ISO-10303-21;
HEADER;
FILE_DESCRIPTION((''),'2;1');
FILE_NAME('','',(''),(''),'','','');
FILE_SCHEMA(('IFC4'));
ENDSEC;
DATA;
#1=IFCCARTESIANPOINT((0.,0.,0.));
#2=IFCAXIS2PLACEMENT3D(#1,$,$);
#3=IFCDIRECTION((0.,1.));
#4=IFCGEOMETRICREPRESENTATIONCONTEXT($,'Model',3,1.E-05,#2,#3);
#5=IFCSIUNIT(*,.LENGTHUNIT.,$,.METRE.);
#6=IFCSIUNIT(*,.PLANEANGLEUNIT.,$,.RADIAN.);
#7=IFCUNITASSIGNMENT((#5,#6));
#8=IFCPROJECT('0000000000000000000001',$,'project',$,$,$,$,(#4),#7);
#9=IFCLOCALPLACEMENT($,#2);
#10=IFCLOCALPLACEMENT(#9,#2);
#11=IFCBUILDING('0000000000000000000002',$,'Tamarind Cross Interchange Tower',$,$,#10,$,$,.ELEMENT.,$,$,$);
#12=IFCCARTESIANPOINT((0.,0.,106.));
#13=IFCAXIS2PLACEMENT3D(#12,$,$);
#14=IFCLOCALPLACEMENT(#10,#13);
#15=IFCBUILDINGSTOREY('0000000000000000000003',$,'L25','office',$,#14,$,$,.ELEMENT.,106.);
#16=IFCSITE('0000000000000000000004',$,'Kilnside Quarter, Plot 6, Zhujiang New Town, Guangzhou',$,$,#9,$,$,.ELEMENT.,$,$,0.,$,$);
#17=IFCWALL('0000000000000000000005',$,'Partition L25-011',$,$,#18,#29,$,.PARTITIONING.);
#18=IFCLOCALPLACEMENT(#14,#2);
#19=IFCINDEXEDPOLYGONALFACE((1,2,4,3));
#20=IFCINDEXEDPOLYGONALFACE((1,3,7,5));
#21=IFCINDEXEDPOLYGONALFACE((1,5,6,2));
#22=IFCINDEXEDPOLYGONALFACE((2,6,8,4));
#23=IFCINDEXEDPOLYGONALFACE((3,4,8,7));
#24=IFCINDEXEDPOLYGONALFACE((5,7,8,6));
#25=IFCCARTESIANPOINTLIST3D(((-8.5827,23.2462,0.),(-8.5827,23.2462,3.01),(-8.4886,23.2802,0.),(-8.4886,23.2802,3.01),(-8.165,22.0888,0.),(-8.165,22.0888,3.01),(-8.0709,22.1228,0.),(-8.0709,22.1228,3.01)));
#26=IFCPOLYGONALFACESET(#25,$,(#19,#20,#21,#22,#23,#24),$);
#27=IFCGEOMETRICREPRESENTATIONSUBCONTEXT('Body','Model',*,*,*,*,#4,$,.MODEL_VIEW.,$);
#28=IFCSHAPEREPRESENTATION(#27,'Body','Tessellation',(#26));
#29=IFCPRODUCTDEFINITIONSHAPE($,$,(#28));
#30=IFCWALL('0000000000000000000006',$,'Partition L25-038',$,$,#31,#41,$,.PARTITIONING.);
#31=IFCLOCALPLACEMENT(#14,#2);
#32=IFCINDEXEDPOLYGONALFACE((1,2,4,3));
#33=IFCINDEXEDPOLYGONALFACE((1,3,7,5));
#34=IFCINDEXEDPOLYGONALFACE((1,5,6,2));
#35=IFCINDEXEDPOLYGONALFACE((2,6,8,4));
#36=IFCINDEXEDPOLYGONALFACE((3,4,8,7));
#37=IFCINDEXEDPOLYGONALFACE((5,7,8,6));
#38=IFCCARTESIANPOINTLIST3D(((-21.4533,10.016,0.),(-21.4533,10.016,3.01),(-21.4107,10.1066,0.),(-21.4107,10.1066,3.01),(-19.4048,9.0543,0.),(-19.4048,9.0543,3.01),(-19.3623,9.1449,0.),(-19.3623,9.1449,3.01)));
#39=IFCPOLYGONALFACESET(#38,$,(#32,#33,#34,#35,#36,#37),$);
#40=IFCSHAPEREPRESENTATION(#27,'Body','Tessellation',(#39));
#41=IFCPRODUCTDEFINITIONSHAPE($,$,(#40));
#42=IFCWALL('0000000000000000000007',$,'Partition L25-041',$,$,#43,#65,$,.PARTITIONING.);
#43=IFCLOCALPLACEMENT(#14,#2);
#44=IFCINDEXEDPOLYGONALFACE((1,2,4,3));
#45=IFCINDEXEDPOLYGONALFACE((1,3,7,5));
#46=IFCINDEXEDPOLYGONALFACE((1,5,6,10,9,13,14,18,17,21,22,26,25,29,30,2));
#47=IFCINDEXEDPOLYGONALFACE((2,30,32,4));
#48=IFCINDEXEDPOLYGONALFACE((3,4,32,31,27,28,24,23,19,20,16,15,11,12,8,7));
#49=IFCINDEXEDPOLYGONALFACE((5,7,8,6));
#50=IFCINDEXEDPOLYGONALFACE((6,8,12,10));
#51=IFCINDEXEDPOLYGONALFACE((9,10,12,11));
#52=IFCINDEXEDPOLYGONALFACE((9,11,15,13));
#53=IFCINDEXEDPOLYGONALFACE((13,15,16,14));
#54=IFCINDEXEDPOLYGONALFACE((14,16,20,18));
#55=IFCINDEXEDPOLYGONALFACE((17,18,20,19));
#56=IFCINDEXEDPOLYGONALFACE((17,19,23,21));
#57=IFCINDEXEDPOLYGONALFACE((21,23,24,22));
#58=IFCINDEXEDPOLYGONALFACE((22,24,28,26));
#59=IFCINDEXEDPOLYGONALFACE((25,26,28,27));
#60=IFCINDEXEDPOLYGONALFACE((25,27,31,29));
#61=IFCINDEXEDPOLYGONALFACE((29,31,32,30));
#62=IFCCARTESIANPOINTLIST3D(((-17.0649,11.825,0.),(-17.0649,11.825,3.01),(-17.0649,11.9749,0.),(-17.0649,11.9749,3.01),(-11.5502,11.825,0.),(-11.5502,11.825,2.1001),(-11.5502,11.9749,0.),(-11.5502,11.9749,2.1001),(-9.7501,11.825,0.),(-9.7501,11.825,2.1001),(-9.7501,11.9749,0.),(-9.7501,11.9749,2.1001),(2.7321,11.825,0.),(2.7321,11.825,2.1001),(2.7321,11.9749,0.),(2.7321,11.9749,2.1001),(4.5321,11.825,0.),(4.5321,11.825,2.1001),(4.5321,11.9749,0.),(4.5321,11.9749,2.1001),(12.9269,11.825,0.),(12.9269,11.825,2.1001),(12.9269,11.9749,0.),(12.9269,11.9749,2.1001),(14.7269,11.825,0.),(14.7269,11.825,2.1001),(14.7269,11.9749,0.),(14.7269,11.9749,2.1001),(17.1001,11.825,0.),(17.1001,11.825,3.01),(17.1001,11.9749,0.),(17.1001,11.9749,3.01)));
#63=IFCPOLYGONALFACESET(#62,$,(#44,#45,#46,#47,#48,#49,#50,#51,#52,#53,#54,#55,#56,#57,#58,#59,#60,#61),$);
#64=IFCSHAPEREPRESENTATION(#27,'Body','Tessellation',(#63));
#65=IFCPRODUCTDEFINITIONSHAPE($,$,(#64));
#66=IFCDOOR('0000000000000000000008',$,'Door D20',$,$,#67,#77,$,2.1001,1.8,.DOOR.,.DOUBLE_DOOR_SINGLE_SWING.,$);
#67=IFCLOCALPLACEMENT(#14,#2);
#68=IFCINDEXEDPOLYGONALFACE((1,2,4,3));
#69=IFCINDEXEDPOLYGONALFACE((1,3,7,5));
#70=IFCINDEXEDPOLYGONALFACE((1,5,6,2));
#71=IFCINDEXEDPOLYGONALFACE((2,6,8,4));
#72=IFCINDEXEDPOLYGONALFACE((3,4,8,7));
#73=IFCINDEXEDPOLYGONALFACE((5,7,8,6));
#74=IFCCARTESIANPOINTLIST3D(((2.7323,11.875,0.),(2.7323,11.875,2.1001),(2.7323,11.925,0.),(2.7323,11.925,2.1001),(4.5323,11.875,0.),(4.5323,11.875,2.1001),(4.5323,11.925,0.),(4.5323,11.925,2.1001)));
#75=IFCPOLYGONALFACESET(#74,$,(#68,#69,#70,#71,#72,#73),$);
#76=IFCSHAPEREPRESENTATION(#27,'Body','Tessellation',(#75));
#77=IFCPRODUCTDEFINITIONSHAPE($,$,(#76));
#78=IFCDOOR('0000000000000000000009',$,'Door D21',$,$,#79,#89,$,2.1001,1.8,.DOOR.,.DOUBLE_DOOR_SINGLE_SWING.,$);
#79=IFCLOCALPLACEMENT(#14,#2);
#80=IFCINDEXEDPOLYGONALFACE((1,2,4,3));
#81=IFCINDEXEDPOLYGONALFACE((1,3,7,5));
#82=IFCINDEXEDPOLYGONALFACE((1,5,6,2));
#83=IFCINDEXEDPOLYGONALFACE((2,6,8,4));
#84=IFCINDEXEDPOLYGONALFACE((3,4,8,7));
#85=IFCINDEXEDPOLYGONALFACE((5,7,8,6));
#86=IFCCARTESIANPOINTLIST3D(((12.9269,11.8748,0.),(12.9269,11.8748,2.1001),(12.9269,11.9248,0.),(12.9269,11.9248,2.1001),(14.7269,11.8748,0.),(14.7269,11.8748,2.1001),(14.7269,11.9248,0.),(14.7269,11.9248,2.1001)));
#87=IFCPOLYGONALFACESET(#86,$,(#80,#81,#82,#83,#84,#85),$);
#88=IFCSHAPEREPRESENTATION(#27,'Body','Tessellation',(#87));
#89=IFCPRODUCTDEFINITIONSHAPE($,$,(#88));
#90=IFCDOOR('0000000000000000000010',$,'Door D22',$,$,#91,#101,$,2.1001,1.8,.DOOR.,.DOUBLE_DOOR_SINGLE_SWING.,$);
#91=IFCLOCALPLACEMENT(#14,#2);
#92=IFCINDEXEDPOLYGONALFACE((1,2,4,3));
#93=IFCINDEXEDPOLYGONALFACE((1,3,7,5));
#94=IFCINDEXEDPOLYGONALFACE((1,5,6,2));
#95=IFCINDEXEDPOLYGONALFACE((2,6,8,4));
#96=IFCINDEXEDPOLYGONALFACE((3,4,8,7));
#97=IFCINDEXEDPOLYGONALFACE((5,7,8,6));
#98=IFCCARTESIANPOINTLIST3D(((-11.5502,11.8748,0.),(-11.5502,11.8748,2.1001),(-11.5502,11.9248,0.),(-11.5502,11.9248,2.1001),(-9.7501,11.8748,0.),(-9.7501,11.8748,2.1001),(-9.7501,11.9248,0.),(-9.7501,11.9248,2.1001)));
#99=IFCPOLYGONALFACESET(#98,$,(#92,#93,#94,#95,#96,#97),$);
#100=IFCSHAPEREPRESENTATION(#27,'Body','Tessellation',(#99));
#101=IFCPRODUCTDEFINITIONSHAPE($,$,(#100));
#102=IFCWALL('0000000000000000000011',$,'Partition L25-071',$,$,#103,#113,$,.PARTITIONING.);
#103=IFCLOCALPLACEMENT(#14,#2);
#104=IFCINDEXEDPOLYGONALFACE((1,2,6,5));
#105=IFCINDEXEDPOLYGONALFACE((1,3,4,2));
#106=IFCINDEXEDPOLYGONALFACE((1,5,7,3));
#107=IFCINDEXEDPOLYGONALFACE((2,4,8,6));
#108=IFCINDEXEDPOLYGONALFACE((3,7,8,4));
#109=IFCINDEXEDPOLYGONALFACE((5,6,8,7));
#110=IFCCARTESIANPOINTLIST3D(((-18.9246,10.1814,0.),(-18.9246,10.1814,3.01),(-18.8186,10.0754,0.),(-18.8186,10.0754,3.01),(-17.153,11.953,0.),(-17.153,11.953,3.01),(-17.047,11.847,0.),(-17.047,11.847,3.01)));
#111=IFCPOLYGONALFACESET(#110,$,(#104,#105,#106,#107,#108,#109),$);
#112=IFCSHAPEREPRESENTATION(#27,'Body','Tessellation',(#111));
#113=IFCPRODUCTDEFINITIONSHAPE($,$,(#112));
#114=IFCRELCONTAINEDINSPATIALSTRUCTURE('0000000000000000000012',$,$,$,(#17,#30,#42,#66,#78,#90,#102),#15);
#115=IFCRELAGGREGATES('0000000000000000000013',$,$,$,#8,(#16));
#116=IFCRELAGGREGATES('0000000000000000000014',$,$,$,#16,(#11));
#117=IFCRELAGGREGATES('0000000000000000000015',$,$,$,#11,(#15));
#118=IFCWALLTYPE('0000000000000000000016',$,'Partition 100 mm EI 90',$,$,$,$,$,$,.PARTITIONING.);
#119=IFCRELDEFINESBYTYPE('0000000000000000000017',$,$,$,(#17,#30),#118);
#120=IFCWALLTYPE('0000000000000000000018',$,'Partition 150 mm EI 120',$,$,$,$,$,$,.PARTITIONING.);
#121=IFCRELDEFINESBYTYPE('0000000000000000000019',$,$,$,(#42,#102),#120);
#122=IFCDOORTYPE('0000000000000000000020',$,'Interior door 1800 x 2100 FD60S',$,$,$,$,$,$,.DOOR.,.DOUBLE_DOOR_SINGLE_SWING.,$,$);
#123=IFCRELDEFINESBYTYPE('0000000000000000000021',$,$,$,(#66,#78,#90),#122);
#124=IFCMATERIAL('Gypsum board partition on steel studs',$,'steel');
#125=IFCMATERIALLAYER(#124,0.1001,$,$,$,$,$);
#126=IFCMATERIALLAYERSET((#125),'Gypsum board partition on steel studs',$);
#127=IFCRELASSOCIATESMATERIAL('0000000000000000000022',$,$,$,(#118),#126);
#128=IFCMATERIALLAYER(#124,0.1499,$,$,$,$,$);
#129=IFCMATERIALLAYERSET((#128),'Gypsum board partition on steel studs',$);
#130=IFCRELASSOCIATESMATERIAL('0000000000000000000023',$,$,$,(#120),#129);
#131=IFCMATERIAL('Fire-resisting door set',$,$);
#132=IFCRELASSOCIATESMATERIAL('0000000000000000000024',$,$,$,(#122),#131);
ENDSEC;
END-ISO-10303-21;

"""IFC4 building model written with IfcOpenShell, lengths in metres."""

from ifc_helpers import new_model, si_unit, direction, frame, frame_2d, origin, place, context, subcontext, project, spatial, rectangle, extrude, material, layer, layer_set, type_object, element, fill, save


model = new_model("IFC4")

# Units and contexts
model_context = context("Model", 3, precision=1e-05, world=origin(), true_north=direction((0.0, 1.0)))
body_context = subcontext(model_context, "Body", "Model", "MODEL_VIEW")
ifc_project = project(units=[si_unit("LENGTHUNIT", "METRE"), si_unit("PLANEANGLEUNIT", "RADIAN")], contexts=[model_context])

# Site, building, storey
site_placement = place(None, origin())
site = spatial("IfcSite", under=ifc_project, at=site_placement, Name="Kilnside Quarter, Plot 6, Zhujiang New Town, Guangzhou", CompositionType="ELEMENT", RefElevation=0.0)
building_placement = place(site_placement, origin())
building = spatial("IfcBuilding", under=site, at=building_placement, Name="Tamarind Cross Interchange Tower", CompositionType="ELEMENT")
storey_placement = place(building_placement, frame((0.0, 0.0, 106.0)))
storey = spatial("IfcBuildingStorey", under=building, at=storey_placement, Name="L25", Description="office", CompositionType="ELEMENT", Elevation=106.0)

# Walls
ifc_material_1 = material(Name="Gypsum board partition on steel studs", Category="steel")
ifc_layer_1 = layer(ifc_material_1, 0.1001)
ifc_layer_set_1 = layer_set([ifc_layer_1], Name="Gypsum board partition on steel studs")
wall_type_1 = type_object("IfcWallType", Name="Partition 100 mm EI 90", PredefinedType="PARTITIONING", material=ifc_layer_set_1)
wall_1_placement = place(storey_placement, frame((-8.5356, 23.2632, 0.0), z_axis=(0.0, 0.0, 1.0), x_axis=(0.339464, -0.940619, 0.0)))
element("IfcWall", 1, at=wall_1_placement, inside=storey, type_object=wall_type_1, Name="Partition L25-011", PredefinedType="PARTITIONING", context=body_context, shape_type="SweptSolid", body=[
    extrude(rectangle(XDim=1.2305, YDim=0.1001, at=frame_2d((0.6152, 0.0))), origin(), (0.0, 0.0, 1.0), 3.01),
])
wall_2_placement = place(storey_placement, frame((-21.4319, 10.0613, 0.0), z_axis=(0.0, 0.0, 1.0), x_axis=(0.905202, -0.424981, 0.0)))
element("IfcWall", 2, at=wall_2_placement, inside=storey, type_object=wall_type_1, Name="Partition L25-038", PredefinedType="PARTITIONING", context=body_context, shape_type="SweptSolid", body=[
    extrude(rectangle(XDim=2.2629, YDim=0.1001, at=frame_2d((1.1313, 0.0))), origin(), (0.0, 0.0, 1.0), 3.01),
])

# Wall, openings, doors
ifc_layer_2 = layer(ifc_material_1, 0.1499)
ifc_layer_set_2 = layer_set([ifc_layer_2], Name="Gypsum board partition on steel studs")
wall_type_2 = type_object("IfcWallType", Name="Partition 150 mm EI 120", PredefinedType="PARTITIONING", material=ifc_layer_set_2)
wall_3_placement = place(storey_placement, frame((-17.0649, 11.8999, 0.0), z_axis=(0.0, 0.0, 1.0), x_axis=(1.0, 0.0, 0.0)))
wall_3 = element("IfcWall", 3, at=wall_3_placement, inside=storey, type_object=wall_type_2, Name="Partition L25-041", PredefinedType="PARTITIONING", context=body_context, shape_type="SweptSolid", body=[
    extrude(rectangle(XDim=34.165, YDim=0.1499, at=frame_2d((17.0825, 0.0))), origin(), (0.0, 0.0, 1.0), 3.01),
])
opening_1_placement = place(wall_3_placement, frame((19.7971, 0.0, 0.0)))
opening_1 = element("IfcOpeningElement", 4, at=opening_1_placement, cuts=wall_3, PredefinedType="OPENING", context=body_context, shape_type="SweptSolid", body=[
    extrude(rectangle(XDim=1.8, YDim=2.1001, at=frame_2d((0.8999, 1.05))), frame((0.0, 0.085, 0.0), z_axis=(0.0, -1.0, 0.0), x_axis=(1.0, 0.0, 0.0)), (0.0, 0.0, 1.0), 0.1699),
])
opening_2_placement = place(wall_3_placement, frame((29.9919, 0.0, 0.0)))
opening_2 = element("IfcOpeningElement", 5, at=opening_2_placement, cuts=wall_3, PredefinedType="OPENING", context=body_context, shape_type="SweptSolid", body=[
    extrude(rectangle(XDim=1.8, YDim=2.1001, at=frame_2d((0.8999, 1.05))), frame((0.0, 0.085, 0.0), z_axis=(0.0, -1.0, 0.0), x_axis=(1.0, 0.0, 0.0)), (0.0, 0.0, 1.0), 0.1699),
])
opening_3_placement = place(wall_3_placement, frame((5.5149, 0.0, 0.0)))
opening_3 = element("IfcOpeningElement", 6, at=opening_3_placement, cuts=wall_3, PredefinedType="OPENING", context=body_context, shape_type="SweptSolid", body=[
    extrude(rectangle(XDim=1.8, YDim=2.1001, at=frame_2d((0.8999, 1.05))), frame((0.0, 0.085, 0.0), z_axis=(0.0, -1.0, 0.0), x_axis=(1.0, 0.0, 0.0)), (0.0, 0.0, 1.0), 0.1699),
])
ifc_material_2 = material(Name="Fire-resisting door set")
door_type = type_object("IfcDoorType", Name="Interior door 1800 x 2100 FD60S", OperationType="DOUBLE_DOOR_SINGLE_SWING", PredefinedType="DOOR", material=ifc_material_2)
door_1_placement = place(opening_1_placement, frame((1.8, 0.0, 0.0), z_axis=(0.0, 0.0, 1.0), x_axis=(-1.0, 0.0, 0.0)))
door_1 = element("IfcDoor", 7, at=door_1_placement, inside=storey, type_object=door_type, Name="Door D20", OperationType="DOUBLE_DOOR_SINGLE_SWING", OverallHeight=2.1001, OverallWidth=1.8, PredefinedType="DOOR", context=body_context, shape_type="SweptSolid", body=[
    extrude(rectangle(XDim=1.8, YDim=2.1001, at=frame_2d((0.8999, 1.05))), frame((0.0, 0.0249, 0.0), z_axis=(0.0, -1.0, 0.0), x_axis=(1.0, 0.0, 0.0)), (0.0, 0.0, 1.0), 0.05),
])
fill(opening_1, door_1)
door_2_placement = place(opening_2_placement, origin())
door_2 = element("IfcDoor", 8, at=door_2_placement, inside=storey, type_object=door_type, Name="Door D21", OperationType="DOUBLE_DOOR_SINGLE_SWING", OverallHeight=2.1001, OverallWidth=1.8, PredefinedType="DOOR", context=body_context, shape_type="SweptSolid", body=[
    extrude(rectangle(XDim=1.8, YDim=2.1001, at=frame_2d((0.8999, 1.05))), frame((0.0, 0.0249, 0.0), z_axis=(0.0, -1.0, 0.0), x_axis=(1.0, 0.0, 0.0)), (0.0, 0.0, 1.0), 0.05),
])
fill(opening_2, door_2)
door_3_placement = place(opening_3_placement, origin())
door_3 = element("IfcDoor", 9, at=door_3_placement, inside=storey, type_object=door_type, Name="Door D22", OperationType="DOUBLE_DOOR_SINGLE_SWING", OverallHeight=2.1001, OverallWidth=1.8, PredefinedType="DOOR", context=body_context, shape_type="SweptSolid", body=[
    extrude(rectangle(XDim=1.8, YDim=2.1001, at=frame_2d((0.8999, 1.05))), frame((0.0, 0.0249, 0.0), z_axis=(0.0, -1.0, 0.0), x_axis=(1.0, 0.0, 0.0)), (0.0, 0.0, 1.0), 0.05),
])
fill(opening_3, door_3)

# Wall
wall_4_placement = place(storey_placement, frame((-18.8716, 10.1284, 0.0), z_axis=(0.0, 0.0, 1.0), x_axis=(0.707107, 0.707107, 0.0)))
element("IfcWall", 10, at=wall_4_placement, inside=storey, type_object=wall_type_2, Name="Partition L25-071", PredefinedType="PARTITIONING", context=body_context, shape_type="SweptSolid", body=[
    extrude(rectangle(XDim=2.5054, YDim=0.1499, at=frame_2d((1.2527, 0.0))), origin(), (0.0, 0.0, 1.0), 3.01),
])

save(model, "model.ifc")
